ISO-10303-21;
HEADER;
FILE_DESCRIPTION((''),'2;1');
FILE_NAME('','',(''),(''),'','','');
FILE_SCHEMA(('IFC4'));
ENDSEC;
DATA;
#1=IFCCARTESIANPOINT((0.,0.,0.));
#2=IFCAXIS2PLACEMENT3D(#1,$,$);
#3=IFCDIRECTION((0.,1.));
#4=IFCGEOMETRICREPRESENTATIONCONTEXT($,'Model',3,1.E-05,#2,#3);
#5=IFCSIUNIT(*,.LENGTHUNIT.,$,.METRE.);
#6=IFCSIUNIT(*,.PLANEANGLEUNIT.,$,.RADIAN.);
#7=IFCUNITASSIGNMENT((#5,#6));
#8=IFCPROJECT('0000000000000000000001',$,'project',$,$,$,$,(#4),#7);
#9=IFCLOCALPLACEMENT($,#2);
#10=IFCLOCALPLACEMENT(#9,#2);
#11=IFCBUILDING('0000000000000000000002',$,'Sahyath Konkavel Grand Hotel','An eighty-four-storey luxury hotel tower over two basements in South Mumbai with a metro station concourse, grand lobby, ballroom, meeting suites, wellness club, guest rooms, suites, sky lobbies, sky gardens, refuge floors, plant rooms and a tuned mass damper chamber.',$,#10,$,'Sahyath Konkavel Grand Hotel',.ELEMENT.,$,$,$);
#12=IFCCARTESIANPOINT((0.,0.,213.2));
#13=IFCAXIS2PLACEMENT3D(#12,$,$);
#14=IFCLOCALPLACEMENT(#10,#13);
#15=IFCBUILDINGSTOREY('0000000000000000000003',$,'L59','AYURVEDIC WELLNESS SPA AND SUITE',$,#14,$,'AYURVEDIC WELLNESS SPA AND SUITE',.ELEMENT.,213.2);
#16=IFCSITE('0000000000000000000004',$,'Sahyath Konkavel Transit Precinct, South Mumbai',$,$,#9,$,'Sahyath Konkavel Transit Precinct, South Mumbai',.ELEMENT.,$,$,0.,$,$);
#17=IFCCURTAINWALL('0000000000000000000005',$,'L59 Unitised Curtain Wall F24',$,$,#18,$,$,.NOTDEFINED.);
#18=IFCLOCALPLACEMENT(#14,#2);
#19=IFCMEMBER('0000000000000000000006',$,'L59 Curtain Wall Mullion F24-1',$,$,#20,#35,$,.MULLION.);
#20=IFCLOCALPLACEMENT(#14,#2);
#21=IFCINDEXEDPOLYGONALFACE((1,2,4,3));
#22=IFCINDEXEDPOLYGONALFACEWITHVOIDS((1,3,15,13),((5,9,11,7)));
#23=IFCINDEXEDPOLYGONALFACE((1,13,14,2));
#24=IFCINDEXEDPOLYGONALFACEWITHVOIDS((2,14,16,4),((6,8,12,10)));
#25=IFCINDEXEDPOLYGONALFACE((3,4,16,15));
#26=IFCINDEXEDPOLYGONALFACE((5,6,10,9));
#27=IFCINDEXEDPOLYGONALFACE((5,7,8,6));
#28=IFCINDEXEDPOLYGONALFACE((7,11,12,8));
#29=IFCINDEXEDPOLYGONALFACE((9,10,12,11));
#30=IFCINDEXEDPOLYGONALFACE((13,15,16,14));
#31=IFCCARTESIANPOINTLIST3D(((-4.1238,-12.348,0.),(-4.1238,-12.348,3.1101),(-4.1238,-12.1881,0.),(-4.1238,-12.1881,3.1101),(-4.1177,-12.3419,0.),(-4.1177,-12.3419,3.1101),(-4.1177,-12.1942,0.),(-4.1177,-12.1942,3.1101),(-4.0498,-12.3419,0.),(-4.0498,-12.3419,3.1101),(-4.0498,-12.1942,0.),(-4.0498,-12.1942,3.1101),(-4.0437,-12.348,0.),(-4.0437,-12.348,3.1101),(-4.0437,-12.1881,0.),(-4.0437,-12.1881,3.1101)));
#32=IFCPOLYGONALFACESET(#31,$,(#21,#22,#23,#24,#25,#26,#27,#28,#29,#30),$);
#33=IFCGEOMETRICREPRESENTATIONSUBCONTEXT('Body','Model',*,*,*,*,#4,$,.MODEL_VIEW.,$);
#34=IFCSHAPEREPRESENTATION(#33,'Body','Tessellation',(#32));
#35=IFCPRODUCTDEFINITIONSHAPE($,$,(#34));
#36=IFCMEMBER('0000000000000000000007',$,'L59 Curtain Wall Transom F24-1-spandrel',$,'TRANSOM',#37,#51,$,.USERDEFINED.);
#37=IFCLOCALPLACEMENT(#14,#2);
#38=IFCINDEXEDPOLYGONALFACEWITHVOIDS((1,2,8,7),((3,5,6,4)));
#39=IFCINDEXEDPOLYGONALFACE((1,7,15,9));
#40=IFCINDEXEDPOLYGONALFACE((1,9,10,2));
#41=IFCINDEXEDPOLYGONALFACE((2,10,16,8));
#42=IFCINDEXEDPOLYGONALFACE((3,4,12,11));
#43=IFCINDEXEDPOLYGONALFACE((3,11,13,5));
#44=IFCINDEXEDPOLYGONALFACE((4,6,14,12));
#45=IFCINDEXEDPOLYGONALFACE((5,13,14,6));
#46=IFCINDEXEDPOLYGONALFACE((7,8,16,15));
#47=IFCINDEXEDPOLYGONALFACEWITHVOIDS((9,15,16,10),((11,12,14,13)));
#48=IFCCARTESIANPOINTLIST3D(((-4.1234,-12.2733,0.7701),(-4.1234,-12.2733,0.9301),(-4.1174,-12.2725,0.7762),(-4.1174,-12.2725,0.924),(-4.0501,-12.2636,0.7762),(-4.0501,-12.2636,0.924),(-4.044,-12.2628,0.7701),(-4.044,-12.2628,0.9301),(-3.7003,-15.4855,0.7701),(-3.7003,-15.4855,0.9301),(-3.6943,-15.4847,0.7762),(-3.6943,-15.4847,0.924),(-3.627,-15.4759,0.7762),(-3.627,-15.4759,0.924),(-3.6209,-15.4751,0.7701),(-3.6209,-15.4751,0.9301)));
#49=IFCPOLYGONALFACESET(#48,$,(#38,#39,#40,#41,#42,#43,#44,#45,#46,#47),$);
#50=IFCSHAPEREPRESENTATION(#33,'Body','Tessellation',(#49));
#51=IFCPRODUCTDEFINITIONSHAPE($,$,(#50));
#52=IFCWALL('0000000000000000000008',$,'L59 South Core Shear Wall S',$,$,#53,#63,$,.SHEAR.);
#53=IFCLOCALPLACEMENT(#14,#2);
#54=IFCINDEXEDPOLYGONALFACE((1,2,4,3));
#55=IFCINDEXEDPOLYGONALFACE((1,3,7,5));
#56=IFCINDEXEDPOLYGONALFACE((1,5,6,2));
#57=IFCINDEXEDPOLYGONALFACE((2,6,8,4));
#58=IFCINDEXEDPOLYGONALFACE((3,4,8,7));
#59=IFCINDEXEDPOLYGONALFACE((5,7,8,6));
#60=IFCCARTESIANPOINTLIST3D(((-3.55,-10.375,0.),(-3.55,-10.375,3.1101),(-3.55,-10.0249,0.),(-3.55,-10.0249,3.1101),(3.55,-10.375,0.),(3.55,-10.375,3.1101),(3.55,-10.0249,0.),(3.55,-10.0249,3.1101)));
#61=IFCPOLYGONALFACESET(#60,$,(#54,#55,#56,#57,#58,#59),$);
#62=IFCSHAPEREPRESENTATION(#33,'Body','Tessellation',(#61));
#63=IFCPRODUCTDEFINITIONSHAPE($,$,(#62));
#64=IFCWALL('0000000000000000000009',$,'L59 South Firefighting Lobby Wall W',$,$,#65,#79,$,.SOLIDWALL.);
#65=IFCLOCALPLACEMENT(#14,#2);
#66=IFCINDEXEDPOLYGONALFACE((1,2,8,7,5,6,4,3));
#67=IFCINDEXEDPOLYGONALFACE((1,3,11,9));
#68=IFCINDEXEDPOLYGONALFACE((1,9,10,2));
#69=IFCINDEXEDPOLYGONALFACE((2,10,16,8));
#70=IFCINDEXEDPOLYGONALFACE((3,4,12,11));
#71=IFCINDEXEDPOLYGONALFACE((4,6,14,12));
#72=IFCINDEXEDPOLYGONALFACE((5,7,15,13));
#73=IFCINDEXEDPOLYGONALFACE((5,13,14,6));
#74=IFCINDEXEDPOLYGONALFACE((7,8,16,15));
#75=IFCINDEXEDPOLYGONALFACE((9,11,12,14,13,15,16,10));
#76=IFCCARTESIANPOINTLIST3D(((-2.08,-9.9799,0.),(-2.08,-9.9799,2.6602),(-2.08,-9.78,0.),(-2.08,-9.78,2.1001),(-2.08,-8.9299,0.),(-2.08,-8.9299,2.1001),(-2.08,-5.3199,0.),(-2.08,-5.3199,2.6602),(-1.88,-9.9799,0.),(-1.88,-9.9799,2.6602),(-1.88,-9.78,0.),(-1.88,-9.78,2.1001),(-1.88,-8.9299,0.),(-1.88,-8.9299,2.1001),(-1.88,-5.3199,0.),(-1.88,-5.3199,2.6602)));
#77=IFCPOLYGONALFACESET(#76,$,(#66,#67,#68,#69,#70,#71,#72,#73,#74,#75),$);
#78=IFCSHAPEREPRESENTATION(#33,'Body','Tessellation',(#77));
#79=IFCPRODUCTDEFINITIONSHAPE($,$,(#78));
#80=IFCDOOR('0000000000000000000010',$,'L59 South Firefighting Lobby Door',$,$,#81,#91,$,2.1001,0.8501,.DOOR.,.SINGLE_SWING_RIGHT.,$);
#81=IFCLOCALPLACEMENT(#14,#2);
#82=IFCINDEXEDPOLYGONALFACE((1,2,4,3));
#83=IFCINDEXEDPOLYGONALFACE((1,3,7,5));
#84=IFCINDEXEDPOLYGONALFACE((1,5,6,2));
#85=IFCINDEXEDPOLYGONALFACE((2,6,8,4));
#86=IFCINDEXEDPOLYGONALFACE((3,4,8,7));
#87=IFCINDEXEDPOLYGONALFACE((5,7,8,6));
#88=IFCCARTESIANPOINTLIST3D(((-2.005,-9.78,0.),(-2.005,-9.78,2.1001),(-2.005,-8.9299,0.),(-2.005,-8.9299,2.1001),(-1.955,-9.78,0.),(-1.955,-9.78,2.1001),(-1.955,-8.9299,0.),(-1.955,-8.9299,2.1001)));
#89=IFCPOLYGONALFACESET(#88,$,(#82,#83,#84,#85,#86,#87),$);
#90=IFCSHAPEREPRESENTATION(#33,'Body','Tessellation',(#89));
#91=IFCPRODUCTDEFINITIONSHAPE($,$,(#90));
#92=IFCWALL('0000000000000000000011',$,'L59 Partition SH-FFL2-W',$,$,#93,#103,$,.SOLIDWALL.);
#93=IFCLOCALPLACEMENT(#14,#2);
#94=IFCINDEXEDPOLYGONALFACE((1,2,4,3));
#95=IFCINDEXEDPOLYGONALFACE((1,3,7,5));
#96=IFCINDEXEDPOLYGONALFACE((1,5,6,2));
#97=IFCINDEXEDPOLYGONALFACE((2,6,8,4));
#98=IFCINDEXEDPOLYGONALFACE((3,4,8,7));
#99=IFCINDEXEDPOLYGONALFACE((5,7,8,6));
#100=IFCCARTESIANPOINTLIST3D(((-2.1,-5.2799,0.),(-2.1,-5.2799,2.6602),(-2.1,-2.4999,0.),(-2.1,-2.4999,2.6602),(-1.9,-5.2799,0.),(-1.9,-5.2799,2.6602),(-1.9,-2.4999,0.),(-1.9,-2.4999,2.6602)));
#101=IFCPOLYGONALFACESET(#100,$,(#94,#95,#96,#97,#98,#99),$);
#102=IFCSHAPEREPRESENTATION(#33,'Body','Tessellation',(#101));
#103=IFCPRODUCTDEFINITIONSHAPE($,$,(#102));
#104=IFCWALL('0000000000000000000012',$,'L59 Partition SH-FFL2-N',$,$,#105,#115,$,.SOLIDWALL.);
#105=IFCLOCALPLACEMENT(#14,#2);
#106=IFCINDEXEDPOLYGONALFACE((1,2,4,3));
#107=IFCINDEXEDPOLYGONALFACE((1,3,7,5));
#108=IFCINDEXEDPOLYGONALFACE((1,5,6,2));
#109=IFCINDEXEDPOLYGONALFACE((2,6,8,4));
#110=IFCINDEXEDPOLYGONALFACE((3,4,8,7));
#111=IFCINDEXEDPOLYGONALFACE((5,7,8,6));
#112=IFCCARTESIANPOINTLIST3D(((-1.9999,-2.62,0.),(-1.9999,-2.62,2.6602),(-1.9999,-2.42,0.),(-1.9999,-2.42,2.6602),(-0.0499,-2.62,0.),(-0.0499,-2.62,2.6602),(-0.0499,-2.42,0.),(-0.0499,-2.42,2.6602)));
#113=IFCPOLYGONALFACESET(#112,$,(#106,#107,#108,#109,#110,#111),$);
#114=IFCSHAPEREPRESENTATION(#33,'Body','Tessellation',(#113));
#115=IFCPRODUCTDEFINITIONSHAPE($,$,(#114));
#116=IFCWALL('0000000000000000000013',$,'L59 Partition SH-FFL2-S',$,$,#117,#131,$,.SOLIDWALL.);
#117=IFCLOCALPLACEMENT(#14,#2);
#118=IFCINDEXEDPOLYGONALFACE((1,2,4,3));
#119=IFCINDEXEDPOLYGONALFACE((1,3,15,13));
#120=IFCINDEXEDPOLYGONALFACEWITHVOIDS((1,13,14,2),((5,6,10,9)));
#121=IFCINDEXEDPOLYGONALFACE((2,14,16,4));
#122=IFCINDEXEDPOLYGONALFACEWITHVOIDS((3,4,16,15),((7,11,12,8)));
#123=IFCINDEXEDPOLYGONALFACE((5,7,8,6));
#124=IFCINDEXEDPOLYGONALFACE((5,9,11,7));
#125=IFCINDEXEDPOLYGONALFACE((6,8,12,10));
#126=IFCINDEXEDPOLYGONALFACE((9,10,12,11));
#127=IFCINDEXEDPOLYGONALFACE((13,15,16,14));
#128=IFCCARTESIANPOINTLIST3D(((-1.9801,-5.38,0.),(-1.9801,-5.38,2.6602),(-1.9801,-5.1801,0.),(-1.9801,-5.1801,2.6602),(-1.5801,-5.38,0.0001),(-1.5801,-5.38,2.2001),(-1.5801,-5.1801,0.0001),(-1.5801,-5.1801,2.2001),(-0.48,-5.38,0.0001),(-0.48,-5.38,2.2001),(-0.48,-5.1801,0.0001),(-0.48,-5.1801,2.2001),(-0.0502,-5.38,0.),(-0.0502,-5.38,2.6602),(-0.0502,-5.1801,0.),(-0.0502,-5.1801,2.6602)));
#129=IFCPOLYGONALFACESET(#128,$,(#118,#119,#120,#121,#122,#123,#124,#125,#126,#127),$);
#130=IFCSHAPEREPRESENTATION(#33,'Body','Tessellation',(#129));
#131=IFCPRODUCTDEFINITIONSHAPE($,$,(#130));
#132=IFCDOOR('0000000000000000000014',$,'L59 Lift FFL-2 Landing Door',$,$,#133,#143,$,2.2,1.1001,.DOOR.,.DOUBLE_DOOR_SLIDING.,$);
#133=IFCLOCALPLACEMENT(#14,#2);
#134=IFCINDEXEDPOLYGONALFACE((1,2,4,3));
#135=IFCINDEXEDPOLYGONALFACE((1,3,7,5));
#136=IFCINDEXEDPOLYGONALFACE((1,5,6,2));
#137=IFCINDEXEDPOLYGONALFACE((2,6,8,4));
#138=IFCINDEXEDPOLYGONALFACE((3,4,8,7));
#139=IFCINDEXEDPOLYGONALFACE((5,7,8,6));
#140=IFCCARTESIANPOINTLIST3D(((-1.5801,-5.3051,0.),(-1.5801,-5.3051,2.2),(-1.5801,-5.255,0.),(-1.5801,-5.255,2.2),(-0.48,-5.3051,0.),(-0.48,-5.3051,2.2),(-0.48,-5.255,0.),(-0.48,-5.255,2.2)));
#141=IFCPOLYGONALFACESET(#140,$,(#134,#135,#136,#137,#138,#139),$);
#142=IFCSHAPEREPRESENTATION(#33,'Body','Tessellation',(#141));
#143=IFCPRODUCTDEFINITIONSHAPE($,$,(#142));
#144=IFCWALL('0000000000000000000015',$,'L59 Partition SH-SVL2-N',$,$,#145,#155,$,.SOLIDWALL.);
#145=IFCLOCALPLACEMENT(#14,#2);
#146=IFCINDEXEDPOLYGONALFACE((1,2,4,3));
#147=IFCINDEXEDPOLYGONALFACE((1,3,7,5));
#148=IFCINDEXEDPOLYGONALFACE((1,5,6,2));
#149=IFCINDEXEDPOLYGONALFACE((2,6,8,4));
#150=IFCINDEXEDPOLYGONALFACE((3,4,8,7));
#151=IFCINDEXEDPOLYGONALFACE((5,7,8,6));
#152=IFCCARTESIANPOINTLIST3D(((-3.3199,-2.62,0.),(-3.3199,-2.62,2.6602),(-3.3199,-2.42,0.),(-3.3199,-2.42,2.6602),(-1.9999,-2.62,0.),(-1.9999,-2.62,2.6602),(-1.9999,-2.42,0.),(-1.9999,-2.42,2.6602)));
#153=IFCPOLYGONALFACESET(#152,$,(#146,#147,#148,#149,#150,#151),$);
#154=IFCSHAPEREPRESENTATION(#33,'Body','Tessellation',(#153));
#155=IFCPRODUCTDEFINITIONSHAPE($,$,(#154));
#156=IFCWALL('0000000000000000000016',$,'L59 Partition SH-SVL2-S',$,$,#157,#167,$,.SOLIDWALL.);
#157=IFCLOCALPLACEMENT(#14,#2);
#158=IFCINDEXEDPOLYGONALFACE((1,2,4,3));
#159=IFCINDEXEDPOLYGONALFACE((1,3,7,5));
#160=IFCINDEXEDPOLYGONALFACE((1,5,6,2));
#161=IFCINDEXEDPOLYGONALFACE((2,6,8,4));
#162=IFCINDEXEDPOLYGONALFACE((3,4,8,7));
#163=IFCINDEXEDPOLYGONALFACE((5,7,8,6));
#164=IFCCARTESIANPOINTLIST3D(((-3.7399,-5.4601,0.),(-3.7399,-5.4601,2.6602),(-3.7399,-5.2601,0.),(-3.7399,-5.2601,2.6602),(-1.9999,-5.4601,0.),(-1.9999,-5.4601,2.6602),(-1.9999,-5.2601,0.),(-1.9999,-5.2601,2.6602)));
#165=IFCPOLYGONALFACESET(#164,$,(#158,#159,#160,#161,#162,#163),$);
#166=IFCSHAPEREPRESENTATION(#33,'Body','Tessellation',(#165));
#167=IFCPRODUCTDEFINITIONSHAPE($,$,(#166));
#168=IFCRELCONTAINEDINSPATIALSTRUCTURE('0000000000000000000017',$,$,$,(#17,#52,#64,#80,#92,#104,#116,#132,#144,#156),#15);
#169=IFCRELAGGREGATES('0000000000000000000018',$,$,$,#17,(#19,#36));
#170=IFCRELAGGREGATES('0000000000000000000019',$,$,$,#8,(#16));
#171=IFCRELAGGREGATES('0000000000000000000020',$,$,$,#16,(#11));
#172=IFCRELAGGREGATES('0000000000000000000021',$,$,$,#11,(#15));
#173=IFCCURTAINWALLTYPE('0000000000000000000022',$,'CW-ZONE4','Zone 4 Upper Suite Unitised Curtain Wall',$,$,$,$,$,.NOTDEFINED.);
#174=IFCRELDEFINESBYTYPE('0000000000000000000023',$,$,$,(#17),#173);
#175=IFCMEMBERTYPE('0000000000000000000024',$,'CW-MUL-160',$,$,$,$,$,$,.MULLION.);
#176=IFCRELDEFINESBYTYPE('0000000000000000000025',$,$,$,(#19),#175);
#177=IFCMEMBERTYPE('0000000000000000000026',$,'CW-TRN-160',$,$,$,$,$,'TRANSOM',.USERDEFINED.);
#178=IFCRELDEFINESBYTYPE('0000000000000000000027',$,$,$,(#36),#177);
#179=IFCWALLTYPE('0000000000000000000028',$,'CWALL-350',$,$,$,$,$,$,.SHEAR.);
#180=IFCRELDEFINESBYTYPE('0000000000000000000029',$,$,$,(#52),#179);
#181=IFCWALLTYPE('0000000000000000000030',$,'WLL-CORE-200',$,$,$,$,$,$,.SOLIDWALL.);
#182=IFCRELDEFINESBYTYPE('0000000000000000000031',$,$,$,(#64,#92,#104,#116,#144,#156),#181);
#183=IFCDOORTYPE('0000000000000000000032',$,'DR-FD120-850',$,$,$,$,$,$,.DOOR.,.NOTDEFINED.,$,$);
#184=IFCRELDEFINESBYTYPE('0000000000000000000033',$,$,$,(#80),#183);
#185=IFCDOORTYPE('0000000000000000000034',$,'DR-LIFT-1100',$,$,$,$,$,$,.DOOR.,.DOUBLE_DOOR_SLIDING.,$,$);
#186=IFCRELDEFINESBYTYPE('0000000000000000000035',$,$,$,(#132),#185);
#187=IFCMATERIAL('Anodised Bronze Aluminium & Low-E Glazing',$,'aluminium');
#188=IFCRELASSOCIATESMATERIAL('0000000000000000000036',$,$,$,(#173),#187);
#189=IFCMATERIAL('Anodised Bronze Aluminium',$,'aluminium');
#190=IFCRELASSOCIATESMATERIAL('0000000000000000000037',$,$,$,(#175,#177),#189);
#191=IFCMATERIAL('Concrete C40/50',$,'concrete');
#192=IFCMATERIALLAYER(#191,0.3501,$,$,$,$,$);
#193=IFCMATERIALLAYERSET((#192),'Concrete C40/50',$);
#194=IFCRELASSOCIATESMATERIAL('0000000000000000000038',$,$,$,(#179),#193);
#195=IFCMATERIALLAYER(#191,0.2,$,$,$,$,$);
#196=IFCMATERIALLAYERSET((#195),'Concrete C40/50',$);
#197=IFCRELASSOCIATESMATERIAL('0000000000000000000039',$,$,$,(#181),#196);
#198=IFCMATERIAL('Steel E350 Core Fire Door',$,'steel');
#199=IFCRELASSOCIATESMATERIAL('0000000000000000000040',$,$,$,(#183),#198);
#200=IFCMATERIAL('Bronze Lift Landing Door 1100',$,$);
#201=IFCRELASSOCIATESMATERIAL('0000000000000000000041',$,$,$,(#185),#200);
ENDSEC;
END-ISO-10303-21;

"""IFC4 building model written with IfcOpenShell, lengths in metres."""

from ifc_helpers import new_model, si_unit, direction, frame, frame_2d, origin, origin_2d, place, context, subcontext, project, spatial, rectangle, hollow_rectangle, extrude, source, transform, mapped, material, layer, layer_set, material_profile, profile_set, type_object, element, fill, aggregate, save


model = new_model("IFC4")

# Units and contexts
model_context = context("Model", 3, precision=1e-05, world=origin(), true_north=direction((0.0, 1.0)))
body_context = subcontext(model_context, "Body", "Model", "MODEL_VIEW")
ifc_project = project(units=[si_unit("LENGTHUNIT", "METRE"), si_unit("PLANEANGLEUNIT", "RADIAN")], contexts=[model_context])

# Site, building, storey
site_placement = place(None, origin())
site = spatial("IfcSite", under=ifc_project, at=site_placement, Name="Sahyath Konkavel Transit Precinct, South Mumbai", LongName="Sahyath Konkavel Transit Precinct, South Mumbai", CompositionType="ELEMENT", RefElevation=0.0)
building_placement = place(site_placement, origin())
building = spatial("IfcBuilding", under=site, at=building_placement, Name="Sahyath Konkavel Grand Hotel", Description="An eighty-four-storey luxury hotel tower over two basements in South Mumbai with a metro station concourse, grand lobby, ballroom, meeting suites, wellness club, guest rooms, suites, sky lobbies, sky gardens, refuge floors, plant rooms and a tuned mass damper chamber.", LongName="Sahyath Konkavel Grand Hotel", CompositionType="ELEMENT")
storey_placement = place(building_placement, frame((0.0, 0.0, 213.2)))
storey = spatial("IfcBuildingStorey", under=building, at=storey_placement, Name="L59", Description="AYURVEDIC WELLNESS SPA AND SUITE", LongName="AYURVEDIC WELLNESS SPA AND SUITE", CompositionType="ELEMENT", Elevation=213.2)

# Shared definitions
ifc_material_1 = material(Name="Concrete C40/50", Category="concrete")

# Curtain wall, members
ifc_material_2 = material(Name="Anodised Bronze Aluminium & Low-E Glazing", Category="aluminium")
curtain_wall_type = type_object("IfcCurtainWallType", Name="CW-ZONE4", Description="Zone 4 Upper Suite Unitised Curtain Wall", PredefinedType="NOTDEFINED", material=ifc_material_2)
curtain_wall_placement = place(storey_placement, origin())
curtain_wall = element("IfcCurtainWall", 1, at=curtain_wall_placement, inside=storey, type_object=curtain_wall_type, Name="L59 Unitised Curtain Wall F24", PredefinedType="NOTDEFINED")
ifc_material_3 = material(Name="Anodised Bronze Aluminium", Category="aluminium")
ifc_material_profile_1 = material_profile(ifc_material_3, hollow_rectangle(XDim=0.0801, YDim=0.1599, WallThickness=0.0061, at=origin_2d()), Name="RHS 160x80x6")
ifc_profile_set_1 = profile_set([ifc_material_profile_1], Name="Anodised Bronze Aluminium")
member_type_1 = type_object("IfcMemberType", Name="CW-MUL-160", PredefinedType="MULLION", material=ifc_profile_set_1)
shared_shape_1 = source(origin(), body_context, "Body", "SweptSolid", [
    extrude(hollow_rectangle(XDim=0.0801, YDim=0.1599, WallThickness=0.0061, at=origin_2d()), origin(), (0.0, 0.0, 1.0), 3.1101),
])
member_1_placement = place(storey_placement, frame((-4.0837, -12.2681, 0.0), z_axis=(0.0, 0.0, 1.0), x_axis=(1.0, 0.0, 0.0)))
member_1 = element("IfcMember", 2, at=member_1_placement, type_object=member_type_1, Name="L59 Curtain Wall Mullion F24-1", PredefinedType="MULLION", context=body_context, shape_type="MappedRepresentation", body=[
    mapped(shared_shape_1, transform((0.0, 0.0, 0.0), scale=1.0)),
])
ifc_material_profile_2 = material_profile(ifc_material_3, hollow_rectangle(XDim=0.0801, YDim=0.1599, WallThickness=0.0061, at=origin_2d()), Name="RHS 160x80x6")
ifc_profile_set_2 = profile_set([ifc_material_profile_2], Name="Anodised Bronze Aluminium")
member_type_2 = type_object("IfcMemberType", Name="CW-TRN-160", ElementType="TRANSOM", PredefinedType="USERDEFINED", material=ifc_profile_set_2)
shared_shape_2 = source(origin(), body_context, "Body", "SweptSolid", [
    extrude(hollow_rectangle(XDim=0.0801, YDim=0.1599, WallThickness=0.0061, at=origin_2d()), origin(), (0.0, 0.0, 1.0), 3.24),
])
member_2_placement = place(storey_placement, frame((-4.0837, -12.2681, 0.8501), z_axis=(0.130589, -0.991437, 0.0), x_axis=(0.991437, 0.130589, 0.0)))
member_2 = element("IfcMember", 3, at=member_2_placement, type_object=member_type_2, Name="L59 Curtain Wall Transom F24-1-spandrel", ObjectType="TRANSOM", PredefinedType="USERDEFINED", context=body_context, shape_type="MappedRepresentation", body=[
    mapped(shared_shape_2, transform((0.0, 0.0, 0.0), scale=1.0)),
])
aggregate(curtain_wall, [member_1, member_2])

# Wall
ifc_layer_1 = layer(ifc_material_1, 0.3501)
ifc_layer_set_1 = layer_set([ifc_layer_1], Name="Concrete C40/50")
wall_type_1 = type_object("IfcWallType", Name="CWALL-350", PredefinedType="SHEAR", material=ifc_layer_set_1)
wall_1_placement = place(storey_placement, frame((-3.55, -10.2, 0.0), z_axis=(0.0, 0.0, 1.0), x_axis=(1.0, 0.0, 0.0)))
element("IfcWall", 4, at=wall_1_placement, inside=storey, type_object=wall_type_1, Name="L59 South Core Shear Wall S", PredefinedType="SHEAR", context=body_context, shape_type="SweptSolid", body=[
    extrude(rectangle(XDim=7.1001, YDim=0.3501, at=frame_2d((3.55, 0.0))), origin(), (0.0, 0.0, 1.0), 3.1101),
])

# Wall, opening, door
ifc_layer_2 = layer(ifc_material_1, 0.2)
ifc_layer_set_2 = layer_set([ifc_layer_2], Name="Concrete C40/50")
wall_type_2 = type_object("IfcWallType", Name="WLL-CORE-200", PredefinedType="SOLIDWALL", material=ifc_layer_set_2)
wall_2_placement = place(storey_placement, frame((-1.98, -9.98, 0.0), z_axis=(0.0, 0.0, 1.0), x_axis=(0.0, 1.0, 0.0)))
wall_2 = element("IfcWall", 5, at=wall_2_placement, inside=storey, type_object=wall_type_2, Name="L59 South Firefighting Lobby Wall W", PredefinedType="SOLIDWALL", context=body_context, shape_type="SweptSolid", body=[
    extrude(rectangle(XDim=4.6599, YDim=0.2, at=frame_2d((2.3301, 0.0))), origin(), (0.0, 0.0, 1.0), 2.6602),
])
opening_1_placement = place(wall_2_placement, frame((0.2, 0.0, 0.0)))
opening_1 = element("IfcOpeningElement", 6, at=opening_1_placement, cuts=wall_2, PredefinedType="OPENING", context=body_context, shape_type="SweptSolid", body=[
    extrude(rectangle(XDim=0.8501, YDim=2.1001, at=frame_2d((0.425, 1.05))), frame((0.0, 0.1099, 0.0), z_axis=(0.0, -1.0, 0.0), x_axis=(1.0, 0.0, 0.0)), (0.0, 0.0, 1.0), 0.22),
])
ifc_material_4 = material(Name="Steel E350 Core Fire Door", Category="steel")
door_type_1 = type_object("IfcDoorType", Name="DR-FD120-850", OperationType="NOTDEFINED", PredefinedType="DOOR", material=ifc_material_4)
shared_shape_3 = source(origin(), body_context, "Body", "SweptSolid", [
    extrude(rectangle(XDim=0.8501, YDim=0.05, at=origin_2d()), origin(), (0.0, 0.0, 1.0), 2.1001),
])
door_1_placement = place(opening_1_placement, frame((0.425, 0.0, 0.0)))
door_1 = element("IfcDoor", 7, at=door_1_placement, inside=storey, type_object=door_type_1, Name="L59 South Firefighting Lobby Door", OperationType="SINGLE_SWING_RIGHT", OverallHeight=2.1001, OverallWidth=0.8501, PredefinedType="DOOR", context=body_context, shape_type="MappedRepresentation", body=[
    mapped(shared_shape_3, transform((0.0, 0.0, 0.0), scale=1.0)),
])
fill(opening_1, door_1)

# Walls
wall_3_placement = place(storey_placement, frame((-2.0, -5.28, 0.0), z_axis=(0.0, 0.0, 1.0), x_axis=(0.0, 1.0, 0.0)))
element("IfcWall", 8, at=wall_3_placement, inside=storey, type_object=wall_type_2, Name="L59 Partition SH-FFL2-W", PredefinedType="SOLIDWALL", context=body_context, shape_type="SweptSolid", body=[
    extrude(rectangle(XDim=2.78, YDim=0.2, at=frame_2d((1.3901, 0.0))), origin(), (0.0, 0.0, 1.0), 2.6602),
])
wall_4_placement = place(storey_placement, frame((-2.0, -2.52, 0.0), z_axis=(0.0, 0.0, 1.0), x_axis=(1.0, 0.0, 0.0)))
element("IfcWall", 9, at=wall_4_placement, inside=storey, type_object=wall_type_2, Name="L59 Partition SH-FFL2-N", PredefinedType="SOLIDWALL", context=body_context, shape_type="SweptSolid", body=[
    extrude(rectangle(XDim=1.95, YDim=0.2, at=frame_2d((0.9751, 0.0))), origin(), (0.0, 0.0, 1.0), 2.6602),
])

# Wall, opening, door
wall_5_placement = place(storey_placement, frame((-1.98, -5.28, 0.0), z_axis=(0.0, 0.0, 1.0), x_axis=(1.0, 0.0, 0.0)))
wall_5 = element("IfcWall", 10, at=wall_5_placement, inside=storey, type_object=wall_type_2, Name="L59 Partition SH-FFL2-S", PredefinedType="SOLIDWALL", context=body_context, shape_type="SweptSolid", body=[
    extrude(rectangle(XDim=1.9299, YDim=0.2, at=frame_2d((0.9648, 0.0))), origin(), (0.0, 0.0, 1.0), 2.6602),
])
opening_2_placement = place(wall_5_placement, frame((0.3999, 0.0, 0.0)))
opening_2 = element("IfcOpeningElement", 11, at=opening_2_placement, cuts=wall_5, PredefinedType="OPENING", context=body_context, shape_type="SweptSolid", body=[
    extrude(rectangle(XDim=1.1001, YDim=2.2, at=frame_2d((0.55, 1.1001))), frame((0.0, 0.1099, 0.0), z_axis=(0.0, -1.0, 0.0), x_axis=(1.0, 0.0, 0.0)), (0.0, 0.0, 1.0), 0.22),
])
ifc_material_5 = material(Name="Bronze Lift Landing Door 1100")
door_type_2 = type_object("IfcDoorType", Name="DR-LIFT-1100", OperationType="DOUBLE_DOOR_SLIDING", PredefinedType="DOOR", material=ifc_material_5)
shared_shape_4 = source(origin(), body_context, "Body", "SweptSolid", [
    extrude(rectangle(XDim=1.1001, YDim=0.05, at=origin_2d()), origin(), (0.0, 0.0, 1.0), 2.2),
])
door_2_placement = place(opening_2_placement, frame((0.55, 0.0, 0.0)))
door_2 = element("IfcDoor", 12, at=door_2_placement, inside=storey, type_object=door_type_2, Name="L59 Lift FFL-2 Landing Door", OperationType="DOUBLE_DOOR_SLIDING", OverallHeight=2.2, OverallWidth=1.1001, PredefinedType="DOOR", context=body_context, shape_type="MappedRepresentation", body=[
    mapped(shared_shape_4, transform((0.0, 0.0, 0.0), scale=1.0)),
])
fill(opening_2, door_2)

# Walls
wall_6_placement = place(storey_placement, frame((-3.3201, -2.52, 0.0), z_axis=(0.0, 0.0, 1.0), x_axis=(1.0, 0.0, 0.0)))
element("IfcWall", 13, at=wall_6_placement, inside=storey, type_object=wall_type_2, Name="L59 Partition SH-SVL2-N", PredefinedType="SOLIDWALL", context=body_context, shape_type="SweptSolid", body=[
    extrude(rectangle(XDim=1.3201, YDim=0.2, at=frame_2d((0.6602, 0.0))), origin(), (0.0, 0.0, 1.0), 2.6602),
])
wall_7_placement = place(storey_placement, frame((-3.74, -5.3601, 0.0), z_axis=(0.0, 0.0, 1.0), x_axis=(1.0, 0.0, 0.0)))
element("IfcWall", 14, at=wall_7_placement, inside=storey, type_object=wall_type_2, Name="L59 Partition SH-SVL2-S", PredefinedType="SOLIDWALL", context=body_context, shape_type="SweptSolid", body=[
    extrude(rectangle(XDim=1.74, YDim=0.2, at=frame_2d((0.8701, 0.0))), origin(), (0.0, 0.0, 1.0), 2.6602),
])

save(model, "model.ifc")
